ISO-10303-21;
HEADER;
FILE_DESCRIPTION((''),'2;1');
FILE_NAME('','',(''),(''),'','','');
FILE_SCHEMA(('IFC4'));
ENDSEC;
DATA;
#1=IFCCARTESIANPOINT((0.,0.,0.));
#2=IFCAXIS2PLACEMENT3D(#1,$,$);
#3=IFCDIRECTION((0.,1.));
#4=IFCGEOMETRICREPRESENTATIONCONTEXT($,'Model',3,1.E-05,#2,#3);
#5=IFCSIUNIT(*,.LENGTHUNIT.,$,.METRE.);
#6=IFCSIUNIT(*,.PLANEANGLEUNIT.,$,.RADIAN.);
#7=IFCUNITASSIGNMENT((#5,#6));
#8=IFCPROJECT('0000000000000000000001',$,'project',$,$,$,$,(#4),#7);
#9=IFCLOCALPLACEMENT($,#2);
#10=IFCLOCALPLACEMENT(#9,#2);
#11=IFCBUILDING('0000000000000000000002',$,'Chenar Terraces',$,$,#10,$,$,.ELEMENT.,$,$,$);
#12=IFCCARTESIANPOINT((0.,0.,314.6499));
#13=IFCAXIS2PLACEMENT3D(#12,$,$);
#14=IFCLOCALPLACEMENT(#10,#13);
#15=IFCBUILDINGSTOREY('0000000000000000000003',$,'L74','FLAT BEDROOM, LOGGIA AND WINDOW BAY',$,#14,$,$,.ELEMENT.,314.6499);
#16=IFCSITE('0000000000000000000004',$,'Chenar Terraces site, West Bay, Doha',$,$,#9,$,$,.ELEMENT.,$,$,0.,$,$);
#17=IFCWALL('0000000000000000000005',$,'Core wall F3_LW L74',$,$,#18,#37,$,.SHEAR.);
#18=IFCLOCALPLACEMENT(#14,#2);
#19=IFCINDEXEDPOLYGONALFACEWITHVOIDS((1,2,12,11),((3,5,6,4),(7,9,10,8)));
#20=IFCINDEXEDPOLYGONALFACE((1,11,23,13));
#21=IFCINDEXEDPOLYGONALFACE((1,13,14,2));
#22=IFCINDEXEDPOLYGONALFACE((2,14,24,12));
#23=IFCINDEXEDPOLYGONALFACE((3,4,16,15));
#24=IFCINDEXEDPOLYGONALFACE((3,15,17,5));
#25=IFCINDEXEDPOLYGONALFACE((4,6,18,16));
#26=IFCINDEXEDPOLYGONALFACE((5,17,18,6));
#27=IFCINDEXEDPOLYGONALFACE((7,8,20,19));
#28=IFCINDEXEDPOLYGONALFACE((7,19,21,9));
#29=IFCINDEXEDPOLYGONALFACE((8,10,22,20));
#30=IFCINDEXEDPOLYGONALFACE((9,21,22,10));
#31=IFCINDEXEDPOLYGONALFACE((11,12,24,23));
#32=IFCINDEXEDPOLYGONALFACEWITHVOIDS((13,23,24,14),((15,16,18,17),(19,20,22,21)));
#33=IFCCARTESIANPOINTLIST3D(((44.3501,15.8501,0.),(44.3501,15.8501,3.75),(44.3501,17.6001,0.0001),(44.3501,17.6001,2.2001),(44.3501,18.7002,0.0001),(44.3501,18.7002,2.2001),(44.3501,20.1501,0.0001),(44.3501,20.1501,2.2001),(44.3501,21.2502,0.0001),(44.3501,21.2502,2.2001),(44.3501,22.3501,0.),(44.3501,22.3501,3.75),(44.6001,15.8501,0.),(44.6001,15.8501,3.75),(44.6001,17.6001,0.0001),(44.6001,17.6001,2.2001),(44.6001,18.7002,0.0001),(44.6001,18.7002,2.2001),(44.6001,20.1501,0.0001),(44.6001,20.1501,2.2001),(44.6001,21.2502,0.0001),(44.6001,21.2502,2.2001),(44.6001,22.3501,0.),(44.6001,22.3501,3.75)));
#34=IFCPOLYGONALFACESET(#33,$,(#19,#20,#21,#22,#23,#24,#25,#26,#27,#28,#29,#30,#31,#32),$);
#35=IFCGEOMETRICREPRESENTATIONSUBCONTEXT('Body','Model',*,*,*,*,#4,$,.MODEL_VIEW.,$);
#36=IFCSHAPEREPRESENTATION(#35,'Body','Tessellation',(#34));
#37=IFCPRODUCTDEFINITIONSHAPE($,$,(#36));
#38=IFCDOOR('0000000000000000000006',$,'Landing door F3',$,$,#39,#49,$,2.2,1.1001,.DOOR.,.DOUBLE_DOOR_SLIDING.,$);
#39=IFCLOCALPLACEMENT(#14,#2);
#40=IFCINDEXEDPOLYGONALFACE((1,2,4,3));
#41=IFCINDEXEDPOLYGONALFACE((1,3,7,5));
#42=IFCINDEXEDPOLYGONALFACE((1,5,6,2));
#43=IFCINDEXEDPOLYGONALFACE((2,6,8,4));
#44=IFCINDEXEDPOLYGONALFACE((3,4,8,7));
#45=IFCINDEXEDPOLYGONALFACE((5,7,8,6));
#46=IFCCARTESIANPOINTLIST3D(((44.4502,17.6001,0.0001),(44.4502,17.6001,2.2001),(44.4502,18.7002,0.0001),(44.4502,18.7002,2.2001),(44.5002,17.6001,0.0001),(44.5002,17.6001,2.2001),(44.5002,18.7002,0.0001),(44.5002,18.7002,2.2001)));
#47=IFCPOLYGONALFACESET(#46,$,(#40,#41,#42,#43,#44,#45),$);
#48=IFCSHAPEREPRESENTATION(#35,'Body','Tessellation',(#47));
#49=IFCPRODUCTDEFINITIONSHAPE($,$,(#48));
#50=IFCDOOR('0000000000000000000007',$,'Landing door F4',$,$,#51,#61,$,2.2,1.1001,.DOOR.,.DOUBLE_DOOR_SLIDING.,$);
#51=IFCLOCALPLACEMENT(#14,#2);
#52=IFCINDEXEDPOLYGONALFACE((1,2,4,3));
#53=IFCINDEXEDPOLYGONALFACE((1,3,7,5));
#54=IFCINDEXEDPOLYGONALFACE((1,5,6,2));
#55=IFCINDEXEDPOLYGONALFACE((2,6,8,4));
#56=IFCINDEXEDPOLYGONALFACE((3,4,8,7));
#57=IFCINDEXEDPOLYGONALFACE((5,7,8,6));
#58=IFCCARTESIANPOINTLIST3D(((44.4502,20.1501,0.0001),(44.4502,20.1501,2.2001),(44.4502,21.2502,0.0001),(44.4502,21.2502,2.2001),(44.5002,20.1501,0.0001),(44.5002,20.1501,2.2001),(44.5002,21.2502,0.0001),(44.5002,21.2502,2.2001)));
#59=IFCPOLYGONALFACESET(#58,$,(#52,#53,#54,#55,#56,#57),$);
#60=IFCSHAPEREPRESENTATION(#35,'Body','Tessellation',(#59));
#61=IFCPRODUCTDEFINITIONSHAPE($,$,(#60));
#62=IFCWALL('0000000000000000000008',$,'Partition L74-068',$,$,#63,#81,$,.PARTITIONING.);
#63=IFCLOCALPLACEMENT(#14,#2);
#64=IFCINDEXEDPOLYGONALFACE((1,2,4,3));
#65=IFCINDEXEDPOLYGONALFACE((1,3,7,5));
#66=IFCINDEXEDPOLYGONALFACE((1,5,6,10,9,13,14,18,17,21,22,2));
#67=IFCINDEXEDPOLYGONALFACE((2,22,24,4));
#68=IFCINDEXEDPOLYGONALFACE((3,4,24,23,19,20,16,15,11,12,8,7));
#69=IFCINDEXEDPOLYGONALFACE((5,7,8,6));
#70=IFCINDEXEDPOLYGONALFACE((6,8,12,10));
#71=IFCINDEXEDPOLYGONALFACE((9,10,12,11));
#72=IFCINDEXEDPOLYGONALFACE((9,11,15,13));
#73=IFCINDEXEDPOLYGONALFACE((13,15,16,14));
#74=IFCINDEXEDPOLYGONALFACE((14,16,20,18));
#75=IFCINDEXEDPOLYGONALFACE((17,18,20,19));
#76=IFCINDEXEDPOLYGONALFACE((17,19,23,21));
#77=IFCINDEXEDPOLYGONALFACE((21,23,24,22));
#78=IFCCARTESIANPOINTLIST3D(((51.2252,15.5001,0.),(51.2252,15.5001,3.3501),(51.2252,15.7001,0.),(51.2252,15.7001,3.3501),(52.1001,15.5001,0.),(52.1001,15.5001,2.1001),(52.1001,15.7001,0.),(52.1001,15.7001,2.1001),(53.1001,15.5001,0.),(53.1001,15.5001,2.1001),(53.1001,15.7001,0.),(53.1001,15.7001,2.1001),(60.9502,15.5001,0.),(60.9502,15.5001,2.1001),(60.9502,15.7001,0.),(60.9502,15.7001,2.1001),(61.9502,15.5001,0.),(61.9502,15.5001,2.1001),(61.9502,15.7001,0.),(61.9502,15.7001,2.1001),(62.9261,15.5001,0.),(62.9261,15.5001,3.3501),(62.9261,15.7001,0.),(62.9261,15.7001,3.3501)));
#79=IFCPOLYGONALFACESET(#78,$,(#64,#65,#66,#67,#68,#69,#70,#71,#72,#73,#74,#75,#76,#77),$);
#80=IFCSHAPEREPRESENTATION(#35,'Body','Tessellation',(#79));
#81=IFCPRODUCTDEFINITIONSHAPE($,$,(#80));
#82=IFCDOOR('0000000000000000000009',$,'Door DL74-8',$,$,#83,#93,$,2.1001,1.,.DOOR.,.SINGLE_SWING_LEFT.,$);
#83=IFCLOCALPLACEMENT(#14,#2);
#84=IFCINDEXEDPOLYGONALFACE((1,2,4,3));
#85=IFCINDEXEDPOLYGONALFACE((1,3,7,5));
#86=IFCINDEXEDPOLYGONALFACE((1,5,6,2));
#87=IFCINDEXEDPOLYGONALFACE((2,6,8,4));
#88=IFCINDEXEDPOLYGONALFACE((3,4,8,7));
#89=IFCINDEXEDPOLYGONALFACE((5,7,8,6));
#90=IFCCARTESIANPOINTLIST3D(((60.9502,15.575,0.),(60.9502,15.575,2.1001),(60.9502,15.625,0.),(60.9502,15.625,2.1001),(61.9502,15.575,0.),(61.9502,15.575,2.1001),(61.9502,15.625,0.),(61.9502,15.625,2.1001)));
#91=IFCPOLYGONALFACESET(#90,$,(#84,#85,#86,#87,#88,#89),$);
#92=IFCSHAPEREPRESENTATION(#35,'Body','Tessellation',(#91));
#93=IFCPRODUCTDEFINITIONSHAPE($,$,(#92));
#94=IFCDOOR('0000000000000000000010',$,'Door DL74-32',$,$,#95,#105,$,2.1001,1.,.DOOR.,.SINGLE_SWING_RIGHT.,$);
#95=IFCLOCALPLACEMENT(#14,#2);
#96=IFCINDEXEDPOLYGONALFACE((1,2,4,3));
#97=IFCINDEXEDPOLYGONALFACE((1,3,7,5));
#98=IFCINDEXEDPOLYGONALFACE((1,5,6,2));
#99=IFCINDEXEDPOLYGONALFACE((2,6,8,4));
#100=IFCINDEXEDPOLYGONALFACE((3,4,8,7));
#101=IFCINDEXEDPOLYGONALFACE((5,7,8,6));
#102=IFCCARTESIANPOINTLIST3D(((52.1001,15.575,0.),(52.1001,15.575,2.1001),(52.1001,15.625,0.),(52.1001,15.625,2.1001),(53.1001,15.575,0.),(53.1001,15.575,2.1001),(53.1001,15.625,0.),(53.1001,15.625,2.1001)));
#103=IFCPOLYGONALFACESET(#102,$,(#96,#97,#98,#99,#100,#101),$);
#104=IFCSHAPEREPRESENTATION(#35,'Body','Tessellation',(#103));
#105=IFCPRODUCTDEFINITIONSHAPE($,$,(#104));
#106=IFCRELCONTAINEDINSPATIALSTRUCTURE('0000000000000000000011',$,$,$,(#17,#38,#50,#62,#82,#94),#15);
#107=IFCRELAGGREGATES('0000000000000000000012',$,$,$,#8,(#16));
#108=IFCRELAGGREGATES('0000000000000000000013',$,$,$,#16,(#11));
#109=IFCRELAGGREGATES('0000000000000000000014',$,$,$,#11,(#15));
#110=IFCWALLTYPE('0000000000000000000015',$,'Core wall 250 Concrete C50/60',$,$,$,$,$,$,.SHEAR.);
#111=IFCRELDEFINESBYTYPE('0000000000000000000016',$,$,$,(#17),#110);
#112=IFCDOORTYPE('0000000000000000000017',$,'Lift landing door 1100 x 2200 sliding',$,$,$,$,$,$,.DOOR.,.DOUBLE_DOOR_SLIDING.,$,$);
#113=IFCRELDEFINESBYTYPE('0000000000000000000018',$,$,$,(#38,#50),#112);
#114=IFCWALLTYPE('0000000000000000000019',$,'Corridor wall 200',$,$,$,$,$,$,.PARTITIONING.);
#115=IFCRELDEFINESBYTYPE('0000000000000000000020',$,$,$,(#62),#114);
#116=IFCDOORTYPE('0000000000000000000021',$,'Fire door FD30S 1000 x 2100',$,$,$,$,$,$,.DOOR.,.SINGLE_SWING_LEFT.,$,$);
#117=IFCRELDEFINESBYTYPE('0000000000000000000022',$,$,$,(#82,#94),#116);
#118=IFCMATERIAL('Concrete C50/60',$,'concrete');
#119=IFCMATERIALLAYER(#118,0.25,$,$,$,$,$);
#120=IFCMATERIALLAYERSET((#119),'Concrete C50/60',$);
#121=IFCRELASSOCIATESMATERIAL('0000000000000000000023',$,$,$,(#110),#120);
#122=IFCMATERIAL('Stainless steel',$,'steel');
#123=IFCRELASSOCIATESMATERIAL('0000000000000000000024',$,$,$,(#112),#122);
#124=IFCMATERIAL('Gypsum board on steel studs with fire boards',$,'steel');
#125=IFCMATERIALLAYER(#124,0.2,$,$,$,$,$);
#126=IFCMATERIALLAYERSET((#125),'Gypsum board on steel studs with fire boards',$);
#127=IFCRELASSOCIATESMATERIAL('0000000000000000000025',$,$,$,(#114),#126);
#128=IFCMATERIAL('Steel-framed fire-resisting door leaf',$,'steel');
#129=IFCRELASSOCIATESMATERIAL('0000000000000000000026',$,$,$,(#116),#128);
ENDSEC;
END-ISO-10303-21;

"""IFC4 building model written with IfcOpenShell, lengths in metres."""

from ifc_helpers import new_model, si_unit, direction, frame, frame_2d, origin, place, context, subcontext, project, spatial, rectangle, extrude, material, layer, layer_set, type_object, element, fill, save


model = new_model("IFC4")

# Units and contexts
model_context = context("Model", 3, precision=1e-05, world=origin(), true_north=direction((0.0, 1.0)))
body_context = subcontext(model_context, "Body", "Model", "MODEL_VIEW")
ifc_project = project(units=[si_unit("LENGTHUNIT", "METRE"), si_unit("PLANEANGLEUNIT", "RADIAN")], contexts=[model_context])

# Site, building, storey
site_placement = place(None, origin())
site = spatial("IfcSite", under=ifc_project, at=site_placement, Name="Chenar Terraces site, West Bay, Doha", CompositionType="ELEMENT", RefElevation=0.0)
building_placement = place(site_placement, origin())
building = spatial("IfcBuilding", under=site, at=building_placement, Name="Chenar Terraces", CompositionType="ELEMENT")
storey_placement = place(building_placement, frame((0.0, 0.0, 314.6499)))
storey = spatial("IfcBuildingStorey", under=building, at=storey_placement, Name="L74", Description="FLAT BEDROOM, LOGGIA AND WINDOW BAY", CompositionType="ELEMENT", Elevation=314.6499)

# Shared definitions
ifc_material_1 = material(Name="Concrete C50/60", Category="concrete")
ifc_layer_1 = layer(ifc_material_1, 0.25)
ifc_layer_set_1 = layer_set([ifc_layer_1], Name="Concrete C50/60")
wall_type_1 = type_object("IfcWallType", Name="Core wall 250 Concrete C50/60", PredefinedType="SHEAR", material=ifc_layer_set_1)

# Walls, openings, doors
wall_1_placement = place(storey_placement, frame((44.4751, 15.8501, 0.0), z_axis=(0.0, 0.0, 1.0), x_axis=(0.0, 1.0, 0.0)))
wall_1 = element("IfcWall", 1, at=wall_1_placement, inside=storey, type_object=wall_type_1, Name="Core wall F3_LW L74", PredefinedType="SHEAR", context=body_context, shape_type="SweptSolid", body=[
    extrude(rectangle(XDim=6.5, YDim=0.25, at=frame_2d((3.25, 0.0))), origin(), (0.0, 0.0, 1.0), 3.75),
])
opening_1_placement = place(wall_1_placement, frame((1.75, 0.0, 0.0)))
opening_1 = element("IfcOpeningElement", 2, at=opening_1_placement, cuts=wall_1, PredefinedType="OPENING", context=body_context, shape_type="SweptSolid", body=[
    extrude(rectangle(XDim=1.1001, YDim=2.2, at=frame_2d((0.55, 1.1001))), frame((0.0, 0.135, 0.0), z_axis=(0.0, -1.0, 0.0), x_axis=(1.0, 0.0, 0.0)), (0.0, 0.0, 1.0), 0.27),
])
opening_2_placement = place(wall_1_placement, frame((4.3, 0.0, 0.0)))
opening_2 = element("IfcOpeningElement", 3, at=opening_2_placement, cuts=wall_1, PredefinedType="OPENING", context=body_context, shape_type="SweptSolid", body=[
    extrude(rectangle(XDim=1.1001, YDim=2.2, at=frame_2d((0.55, 1.1001))), frame((0.0, 0.135, 0.0), z_axis=(0.0, -1.0, 0.0), x_axis=(1.0, 0.0, 0.0)), (0.0, 0.0, 1.0), 0.27),
])
ifc_material_2 = material(Name="Stainless steel", Category="steel")
door_type_1 = type_object("IfcDoorType", Name="Lift landing door 1100 x 2200 sliding", OperationType="DOUBLE_DOOR_SLIDING", PredefinedType="DOOR", material=ifc_material_2)
door_1_placement = place(opening_1_placement, origin())
door_1 = element("IfcDoor", 4, at=door_1_placement, inside=storey, type_object=door_type_1, Name="Landing door F3", OperationType="DOUBLE_DOOR_SLIDING", OverallHeight=2.2, OverallWidth=1.1001, PredefinedType="DOOR", context=body_context, shape_type="SweptSolid", body=[
    extrude(rectangle(XDim=1.1001, YDim=2.2, at=frame_2d((0.55, 1.1001))), frame((0.0, 0.0249, 0.0), z_axis=(0.0, -1.0, 0.0), x_axis=(1.0, 0.0, 0.0)), (0.0, 0.0, 1.0), 0.05),
])
fill(opening_1, door_1)
door_2_placement = place(opening_2_placement, origin())
door_2 = element("IfcDoor", 5, at=door_2_placement, inside=storey, type_object=door_type_1, Name="Landing door F4", OperationType="DOUBLE_DOOR_SLIDING", OverallHeight=2.2, OverallWidth=1.1001, PredefinedType="DOOR", context=body_context, shape_type="SweptSolid", body=[
    extrude(rectangle(XDim=1.1001, YDim=2.2, at=frame_2d((0.55, 1.1001))), frame((0.0, 0.0249, 0.0), z_axis=(0.0, -1.0, 0.0), x_axis=(1.0, 0.0, 0.0)), (0.0, 0.0, 1.0), 0.05),
])
fill(opening_2, door_2)
ifc_material_3 = material(Name="Gypsum board on steel studs with fire boards", Category="steel")
ifc_layer_2 = layer(ifc_material_3, 0.2)
ifc_layer_set_2 = layer_set([ifc_layer_2], Name="Gypsum board on steel studs with fire boards")
wall_type_2 = type_object("IfcWallType", Name="Corridor wall 200", PredefinedType="PARTITIONING", material=ifc_layer_set_2)
wall_2_placement = place(storey_placement, frame((51.2251, 15.6001, 0.0), z_axis=(0.0, 0.0, 1.0), x_axis=(1.0, 0.0, 0.0)))
wall_2 = element("IfcWall", 6, at=wall_2_placement, inside=storey, type_object=wall_type_2, Name="Partition L74-068", PredefinedType="PARTITIONING", context=body_context, shape_type="SweptSolid", body=[
    extrude(rectangle(XDim=11.7009, YDim=0.2, at=frame_2d((5.8506, 0.0))), origin(), (0.0, 0.0, 1.0), 3.3501),
])
opening_3_placement = place(wall_2_placement, frame((9.7251, 0.0, 0.0)))
opening_3 = element("IfcOpeningElement", 7, at=opening_3_placement, cuts=wall_2, PredefinedType="OPENING", context=body_context, shape_type="SweptSolid", body=[
    extrude(rectangle(XDim=1.0, YDim=2.1001, at=frame_2d((0.5, 1.05))), frame((0.0, 0.1099, 0.0), z_axis=(0.0, -1.0, 0.0), x_axis=(1.0, 0.0, 0.0)), (0.0, 0.0, 1.0), 0.22),
])
opening_4_placement = place(wall_2_placement, frame((0.875, 0.0, 0.0)))
opening_4 = element("IfcOpeningElement", 8, at=opening_4_placement, cuts=wall_2, PredefinedType="OPENING", context=body_context, shape_type="SweptSolid", body=[
    extrude(rectangle(XDim=1.0, YDim=2.1001, at=frame_2d((0.5, 1.05))), frame((0.0, 0.1099, 0.0), z_axis=(0.0, -1.0, 0.0), x_axis=(1.0, 0.0, 0.0)), (0.0, 0.0, 1.0), 0.22),
])
ifc_material_4 = material(Name="Steel-framed fire-resisting door leaf", Category="steel")
door_type_2 = type_object("IfcDoorType", Name="Fire door FD30S 1000 x 2100", OperationType="SINGLE_SWING_LEFT", PredefinedType="DOOR", material=ifc_material_4)
door_3_placement = place(opening_3_placement, origin())
door_3 = element("IfcDoor", 9, at=door_3_placement, inside=storey, type_object=door_type_2, Name="Door DL74-8", OperationType="SINGLE_SWING_LEFT", OverallHeight=2.1001, OverallWidth=1.0, PredefinedType="DOOR", context=body_context, shape_type="SweptSolid", body=[
    extrude(rectangle(XDim=1.0, YDim=2.1001, at=frame_2d((0.5, 1.05))), frame((0.0, 0.0249, 0.0), z_axis=(0.0, -1.0, 0.0), x_axis=(1.0, 0.0, 0.0)), (0.0, 0.0, 1.0), 0.05),
])
fill(opening_3, door_3)
door_4_placement = place(opening_4_placement, origin())
door_4 = element("IfcDoor", 10, at=door_4_placement, inside=storey, type_object=door_type_2, Name="Door DL74-32", OperationType="SINGLE_SWING_RIGHT", OverallHeight=2.1001, OverallWidth=1.0, PredefinedType="DOOR", context=body_context, shape_type="SweptSolid", body=[
    extrude(rectangle(XDim=1.0, YDim=2.1001, at=frame_2d((0.5, 1.05))), frame((0.0, 0.0249, 0.0), z_axis=(0.0, -1.0, 0.0), x_axis=(1.0, 0.0, 0.0)), (0.0, 0.0, 1.0), 0.05),
])
fill(opening_4, door_4)

save(model, "model.ifc")
